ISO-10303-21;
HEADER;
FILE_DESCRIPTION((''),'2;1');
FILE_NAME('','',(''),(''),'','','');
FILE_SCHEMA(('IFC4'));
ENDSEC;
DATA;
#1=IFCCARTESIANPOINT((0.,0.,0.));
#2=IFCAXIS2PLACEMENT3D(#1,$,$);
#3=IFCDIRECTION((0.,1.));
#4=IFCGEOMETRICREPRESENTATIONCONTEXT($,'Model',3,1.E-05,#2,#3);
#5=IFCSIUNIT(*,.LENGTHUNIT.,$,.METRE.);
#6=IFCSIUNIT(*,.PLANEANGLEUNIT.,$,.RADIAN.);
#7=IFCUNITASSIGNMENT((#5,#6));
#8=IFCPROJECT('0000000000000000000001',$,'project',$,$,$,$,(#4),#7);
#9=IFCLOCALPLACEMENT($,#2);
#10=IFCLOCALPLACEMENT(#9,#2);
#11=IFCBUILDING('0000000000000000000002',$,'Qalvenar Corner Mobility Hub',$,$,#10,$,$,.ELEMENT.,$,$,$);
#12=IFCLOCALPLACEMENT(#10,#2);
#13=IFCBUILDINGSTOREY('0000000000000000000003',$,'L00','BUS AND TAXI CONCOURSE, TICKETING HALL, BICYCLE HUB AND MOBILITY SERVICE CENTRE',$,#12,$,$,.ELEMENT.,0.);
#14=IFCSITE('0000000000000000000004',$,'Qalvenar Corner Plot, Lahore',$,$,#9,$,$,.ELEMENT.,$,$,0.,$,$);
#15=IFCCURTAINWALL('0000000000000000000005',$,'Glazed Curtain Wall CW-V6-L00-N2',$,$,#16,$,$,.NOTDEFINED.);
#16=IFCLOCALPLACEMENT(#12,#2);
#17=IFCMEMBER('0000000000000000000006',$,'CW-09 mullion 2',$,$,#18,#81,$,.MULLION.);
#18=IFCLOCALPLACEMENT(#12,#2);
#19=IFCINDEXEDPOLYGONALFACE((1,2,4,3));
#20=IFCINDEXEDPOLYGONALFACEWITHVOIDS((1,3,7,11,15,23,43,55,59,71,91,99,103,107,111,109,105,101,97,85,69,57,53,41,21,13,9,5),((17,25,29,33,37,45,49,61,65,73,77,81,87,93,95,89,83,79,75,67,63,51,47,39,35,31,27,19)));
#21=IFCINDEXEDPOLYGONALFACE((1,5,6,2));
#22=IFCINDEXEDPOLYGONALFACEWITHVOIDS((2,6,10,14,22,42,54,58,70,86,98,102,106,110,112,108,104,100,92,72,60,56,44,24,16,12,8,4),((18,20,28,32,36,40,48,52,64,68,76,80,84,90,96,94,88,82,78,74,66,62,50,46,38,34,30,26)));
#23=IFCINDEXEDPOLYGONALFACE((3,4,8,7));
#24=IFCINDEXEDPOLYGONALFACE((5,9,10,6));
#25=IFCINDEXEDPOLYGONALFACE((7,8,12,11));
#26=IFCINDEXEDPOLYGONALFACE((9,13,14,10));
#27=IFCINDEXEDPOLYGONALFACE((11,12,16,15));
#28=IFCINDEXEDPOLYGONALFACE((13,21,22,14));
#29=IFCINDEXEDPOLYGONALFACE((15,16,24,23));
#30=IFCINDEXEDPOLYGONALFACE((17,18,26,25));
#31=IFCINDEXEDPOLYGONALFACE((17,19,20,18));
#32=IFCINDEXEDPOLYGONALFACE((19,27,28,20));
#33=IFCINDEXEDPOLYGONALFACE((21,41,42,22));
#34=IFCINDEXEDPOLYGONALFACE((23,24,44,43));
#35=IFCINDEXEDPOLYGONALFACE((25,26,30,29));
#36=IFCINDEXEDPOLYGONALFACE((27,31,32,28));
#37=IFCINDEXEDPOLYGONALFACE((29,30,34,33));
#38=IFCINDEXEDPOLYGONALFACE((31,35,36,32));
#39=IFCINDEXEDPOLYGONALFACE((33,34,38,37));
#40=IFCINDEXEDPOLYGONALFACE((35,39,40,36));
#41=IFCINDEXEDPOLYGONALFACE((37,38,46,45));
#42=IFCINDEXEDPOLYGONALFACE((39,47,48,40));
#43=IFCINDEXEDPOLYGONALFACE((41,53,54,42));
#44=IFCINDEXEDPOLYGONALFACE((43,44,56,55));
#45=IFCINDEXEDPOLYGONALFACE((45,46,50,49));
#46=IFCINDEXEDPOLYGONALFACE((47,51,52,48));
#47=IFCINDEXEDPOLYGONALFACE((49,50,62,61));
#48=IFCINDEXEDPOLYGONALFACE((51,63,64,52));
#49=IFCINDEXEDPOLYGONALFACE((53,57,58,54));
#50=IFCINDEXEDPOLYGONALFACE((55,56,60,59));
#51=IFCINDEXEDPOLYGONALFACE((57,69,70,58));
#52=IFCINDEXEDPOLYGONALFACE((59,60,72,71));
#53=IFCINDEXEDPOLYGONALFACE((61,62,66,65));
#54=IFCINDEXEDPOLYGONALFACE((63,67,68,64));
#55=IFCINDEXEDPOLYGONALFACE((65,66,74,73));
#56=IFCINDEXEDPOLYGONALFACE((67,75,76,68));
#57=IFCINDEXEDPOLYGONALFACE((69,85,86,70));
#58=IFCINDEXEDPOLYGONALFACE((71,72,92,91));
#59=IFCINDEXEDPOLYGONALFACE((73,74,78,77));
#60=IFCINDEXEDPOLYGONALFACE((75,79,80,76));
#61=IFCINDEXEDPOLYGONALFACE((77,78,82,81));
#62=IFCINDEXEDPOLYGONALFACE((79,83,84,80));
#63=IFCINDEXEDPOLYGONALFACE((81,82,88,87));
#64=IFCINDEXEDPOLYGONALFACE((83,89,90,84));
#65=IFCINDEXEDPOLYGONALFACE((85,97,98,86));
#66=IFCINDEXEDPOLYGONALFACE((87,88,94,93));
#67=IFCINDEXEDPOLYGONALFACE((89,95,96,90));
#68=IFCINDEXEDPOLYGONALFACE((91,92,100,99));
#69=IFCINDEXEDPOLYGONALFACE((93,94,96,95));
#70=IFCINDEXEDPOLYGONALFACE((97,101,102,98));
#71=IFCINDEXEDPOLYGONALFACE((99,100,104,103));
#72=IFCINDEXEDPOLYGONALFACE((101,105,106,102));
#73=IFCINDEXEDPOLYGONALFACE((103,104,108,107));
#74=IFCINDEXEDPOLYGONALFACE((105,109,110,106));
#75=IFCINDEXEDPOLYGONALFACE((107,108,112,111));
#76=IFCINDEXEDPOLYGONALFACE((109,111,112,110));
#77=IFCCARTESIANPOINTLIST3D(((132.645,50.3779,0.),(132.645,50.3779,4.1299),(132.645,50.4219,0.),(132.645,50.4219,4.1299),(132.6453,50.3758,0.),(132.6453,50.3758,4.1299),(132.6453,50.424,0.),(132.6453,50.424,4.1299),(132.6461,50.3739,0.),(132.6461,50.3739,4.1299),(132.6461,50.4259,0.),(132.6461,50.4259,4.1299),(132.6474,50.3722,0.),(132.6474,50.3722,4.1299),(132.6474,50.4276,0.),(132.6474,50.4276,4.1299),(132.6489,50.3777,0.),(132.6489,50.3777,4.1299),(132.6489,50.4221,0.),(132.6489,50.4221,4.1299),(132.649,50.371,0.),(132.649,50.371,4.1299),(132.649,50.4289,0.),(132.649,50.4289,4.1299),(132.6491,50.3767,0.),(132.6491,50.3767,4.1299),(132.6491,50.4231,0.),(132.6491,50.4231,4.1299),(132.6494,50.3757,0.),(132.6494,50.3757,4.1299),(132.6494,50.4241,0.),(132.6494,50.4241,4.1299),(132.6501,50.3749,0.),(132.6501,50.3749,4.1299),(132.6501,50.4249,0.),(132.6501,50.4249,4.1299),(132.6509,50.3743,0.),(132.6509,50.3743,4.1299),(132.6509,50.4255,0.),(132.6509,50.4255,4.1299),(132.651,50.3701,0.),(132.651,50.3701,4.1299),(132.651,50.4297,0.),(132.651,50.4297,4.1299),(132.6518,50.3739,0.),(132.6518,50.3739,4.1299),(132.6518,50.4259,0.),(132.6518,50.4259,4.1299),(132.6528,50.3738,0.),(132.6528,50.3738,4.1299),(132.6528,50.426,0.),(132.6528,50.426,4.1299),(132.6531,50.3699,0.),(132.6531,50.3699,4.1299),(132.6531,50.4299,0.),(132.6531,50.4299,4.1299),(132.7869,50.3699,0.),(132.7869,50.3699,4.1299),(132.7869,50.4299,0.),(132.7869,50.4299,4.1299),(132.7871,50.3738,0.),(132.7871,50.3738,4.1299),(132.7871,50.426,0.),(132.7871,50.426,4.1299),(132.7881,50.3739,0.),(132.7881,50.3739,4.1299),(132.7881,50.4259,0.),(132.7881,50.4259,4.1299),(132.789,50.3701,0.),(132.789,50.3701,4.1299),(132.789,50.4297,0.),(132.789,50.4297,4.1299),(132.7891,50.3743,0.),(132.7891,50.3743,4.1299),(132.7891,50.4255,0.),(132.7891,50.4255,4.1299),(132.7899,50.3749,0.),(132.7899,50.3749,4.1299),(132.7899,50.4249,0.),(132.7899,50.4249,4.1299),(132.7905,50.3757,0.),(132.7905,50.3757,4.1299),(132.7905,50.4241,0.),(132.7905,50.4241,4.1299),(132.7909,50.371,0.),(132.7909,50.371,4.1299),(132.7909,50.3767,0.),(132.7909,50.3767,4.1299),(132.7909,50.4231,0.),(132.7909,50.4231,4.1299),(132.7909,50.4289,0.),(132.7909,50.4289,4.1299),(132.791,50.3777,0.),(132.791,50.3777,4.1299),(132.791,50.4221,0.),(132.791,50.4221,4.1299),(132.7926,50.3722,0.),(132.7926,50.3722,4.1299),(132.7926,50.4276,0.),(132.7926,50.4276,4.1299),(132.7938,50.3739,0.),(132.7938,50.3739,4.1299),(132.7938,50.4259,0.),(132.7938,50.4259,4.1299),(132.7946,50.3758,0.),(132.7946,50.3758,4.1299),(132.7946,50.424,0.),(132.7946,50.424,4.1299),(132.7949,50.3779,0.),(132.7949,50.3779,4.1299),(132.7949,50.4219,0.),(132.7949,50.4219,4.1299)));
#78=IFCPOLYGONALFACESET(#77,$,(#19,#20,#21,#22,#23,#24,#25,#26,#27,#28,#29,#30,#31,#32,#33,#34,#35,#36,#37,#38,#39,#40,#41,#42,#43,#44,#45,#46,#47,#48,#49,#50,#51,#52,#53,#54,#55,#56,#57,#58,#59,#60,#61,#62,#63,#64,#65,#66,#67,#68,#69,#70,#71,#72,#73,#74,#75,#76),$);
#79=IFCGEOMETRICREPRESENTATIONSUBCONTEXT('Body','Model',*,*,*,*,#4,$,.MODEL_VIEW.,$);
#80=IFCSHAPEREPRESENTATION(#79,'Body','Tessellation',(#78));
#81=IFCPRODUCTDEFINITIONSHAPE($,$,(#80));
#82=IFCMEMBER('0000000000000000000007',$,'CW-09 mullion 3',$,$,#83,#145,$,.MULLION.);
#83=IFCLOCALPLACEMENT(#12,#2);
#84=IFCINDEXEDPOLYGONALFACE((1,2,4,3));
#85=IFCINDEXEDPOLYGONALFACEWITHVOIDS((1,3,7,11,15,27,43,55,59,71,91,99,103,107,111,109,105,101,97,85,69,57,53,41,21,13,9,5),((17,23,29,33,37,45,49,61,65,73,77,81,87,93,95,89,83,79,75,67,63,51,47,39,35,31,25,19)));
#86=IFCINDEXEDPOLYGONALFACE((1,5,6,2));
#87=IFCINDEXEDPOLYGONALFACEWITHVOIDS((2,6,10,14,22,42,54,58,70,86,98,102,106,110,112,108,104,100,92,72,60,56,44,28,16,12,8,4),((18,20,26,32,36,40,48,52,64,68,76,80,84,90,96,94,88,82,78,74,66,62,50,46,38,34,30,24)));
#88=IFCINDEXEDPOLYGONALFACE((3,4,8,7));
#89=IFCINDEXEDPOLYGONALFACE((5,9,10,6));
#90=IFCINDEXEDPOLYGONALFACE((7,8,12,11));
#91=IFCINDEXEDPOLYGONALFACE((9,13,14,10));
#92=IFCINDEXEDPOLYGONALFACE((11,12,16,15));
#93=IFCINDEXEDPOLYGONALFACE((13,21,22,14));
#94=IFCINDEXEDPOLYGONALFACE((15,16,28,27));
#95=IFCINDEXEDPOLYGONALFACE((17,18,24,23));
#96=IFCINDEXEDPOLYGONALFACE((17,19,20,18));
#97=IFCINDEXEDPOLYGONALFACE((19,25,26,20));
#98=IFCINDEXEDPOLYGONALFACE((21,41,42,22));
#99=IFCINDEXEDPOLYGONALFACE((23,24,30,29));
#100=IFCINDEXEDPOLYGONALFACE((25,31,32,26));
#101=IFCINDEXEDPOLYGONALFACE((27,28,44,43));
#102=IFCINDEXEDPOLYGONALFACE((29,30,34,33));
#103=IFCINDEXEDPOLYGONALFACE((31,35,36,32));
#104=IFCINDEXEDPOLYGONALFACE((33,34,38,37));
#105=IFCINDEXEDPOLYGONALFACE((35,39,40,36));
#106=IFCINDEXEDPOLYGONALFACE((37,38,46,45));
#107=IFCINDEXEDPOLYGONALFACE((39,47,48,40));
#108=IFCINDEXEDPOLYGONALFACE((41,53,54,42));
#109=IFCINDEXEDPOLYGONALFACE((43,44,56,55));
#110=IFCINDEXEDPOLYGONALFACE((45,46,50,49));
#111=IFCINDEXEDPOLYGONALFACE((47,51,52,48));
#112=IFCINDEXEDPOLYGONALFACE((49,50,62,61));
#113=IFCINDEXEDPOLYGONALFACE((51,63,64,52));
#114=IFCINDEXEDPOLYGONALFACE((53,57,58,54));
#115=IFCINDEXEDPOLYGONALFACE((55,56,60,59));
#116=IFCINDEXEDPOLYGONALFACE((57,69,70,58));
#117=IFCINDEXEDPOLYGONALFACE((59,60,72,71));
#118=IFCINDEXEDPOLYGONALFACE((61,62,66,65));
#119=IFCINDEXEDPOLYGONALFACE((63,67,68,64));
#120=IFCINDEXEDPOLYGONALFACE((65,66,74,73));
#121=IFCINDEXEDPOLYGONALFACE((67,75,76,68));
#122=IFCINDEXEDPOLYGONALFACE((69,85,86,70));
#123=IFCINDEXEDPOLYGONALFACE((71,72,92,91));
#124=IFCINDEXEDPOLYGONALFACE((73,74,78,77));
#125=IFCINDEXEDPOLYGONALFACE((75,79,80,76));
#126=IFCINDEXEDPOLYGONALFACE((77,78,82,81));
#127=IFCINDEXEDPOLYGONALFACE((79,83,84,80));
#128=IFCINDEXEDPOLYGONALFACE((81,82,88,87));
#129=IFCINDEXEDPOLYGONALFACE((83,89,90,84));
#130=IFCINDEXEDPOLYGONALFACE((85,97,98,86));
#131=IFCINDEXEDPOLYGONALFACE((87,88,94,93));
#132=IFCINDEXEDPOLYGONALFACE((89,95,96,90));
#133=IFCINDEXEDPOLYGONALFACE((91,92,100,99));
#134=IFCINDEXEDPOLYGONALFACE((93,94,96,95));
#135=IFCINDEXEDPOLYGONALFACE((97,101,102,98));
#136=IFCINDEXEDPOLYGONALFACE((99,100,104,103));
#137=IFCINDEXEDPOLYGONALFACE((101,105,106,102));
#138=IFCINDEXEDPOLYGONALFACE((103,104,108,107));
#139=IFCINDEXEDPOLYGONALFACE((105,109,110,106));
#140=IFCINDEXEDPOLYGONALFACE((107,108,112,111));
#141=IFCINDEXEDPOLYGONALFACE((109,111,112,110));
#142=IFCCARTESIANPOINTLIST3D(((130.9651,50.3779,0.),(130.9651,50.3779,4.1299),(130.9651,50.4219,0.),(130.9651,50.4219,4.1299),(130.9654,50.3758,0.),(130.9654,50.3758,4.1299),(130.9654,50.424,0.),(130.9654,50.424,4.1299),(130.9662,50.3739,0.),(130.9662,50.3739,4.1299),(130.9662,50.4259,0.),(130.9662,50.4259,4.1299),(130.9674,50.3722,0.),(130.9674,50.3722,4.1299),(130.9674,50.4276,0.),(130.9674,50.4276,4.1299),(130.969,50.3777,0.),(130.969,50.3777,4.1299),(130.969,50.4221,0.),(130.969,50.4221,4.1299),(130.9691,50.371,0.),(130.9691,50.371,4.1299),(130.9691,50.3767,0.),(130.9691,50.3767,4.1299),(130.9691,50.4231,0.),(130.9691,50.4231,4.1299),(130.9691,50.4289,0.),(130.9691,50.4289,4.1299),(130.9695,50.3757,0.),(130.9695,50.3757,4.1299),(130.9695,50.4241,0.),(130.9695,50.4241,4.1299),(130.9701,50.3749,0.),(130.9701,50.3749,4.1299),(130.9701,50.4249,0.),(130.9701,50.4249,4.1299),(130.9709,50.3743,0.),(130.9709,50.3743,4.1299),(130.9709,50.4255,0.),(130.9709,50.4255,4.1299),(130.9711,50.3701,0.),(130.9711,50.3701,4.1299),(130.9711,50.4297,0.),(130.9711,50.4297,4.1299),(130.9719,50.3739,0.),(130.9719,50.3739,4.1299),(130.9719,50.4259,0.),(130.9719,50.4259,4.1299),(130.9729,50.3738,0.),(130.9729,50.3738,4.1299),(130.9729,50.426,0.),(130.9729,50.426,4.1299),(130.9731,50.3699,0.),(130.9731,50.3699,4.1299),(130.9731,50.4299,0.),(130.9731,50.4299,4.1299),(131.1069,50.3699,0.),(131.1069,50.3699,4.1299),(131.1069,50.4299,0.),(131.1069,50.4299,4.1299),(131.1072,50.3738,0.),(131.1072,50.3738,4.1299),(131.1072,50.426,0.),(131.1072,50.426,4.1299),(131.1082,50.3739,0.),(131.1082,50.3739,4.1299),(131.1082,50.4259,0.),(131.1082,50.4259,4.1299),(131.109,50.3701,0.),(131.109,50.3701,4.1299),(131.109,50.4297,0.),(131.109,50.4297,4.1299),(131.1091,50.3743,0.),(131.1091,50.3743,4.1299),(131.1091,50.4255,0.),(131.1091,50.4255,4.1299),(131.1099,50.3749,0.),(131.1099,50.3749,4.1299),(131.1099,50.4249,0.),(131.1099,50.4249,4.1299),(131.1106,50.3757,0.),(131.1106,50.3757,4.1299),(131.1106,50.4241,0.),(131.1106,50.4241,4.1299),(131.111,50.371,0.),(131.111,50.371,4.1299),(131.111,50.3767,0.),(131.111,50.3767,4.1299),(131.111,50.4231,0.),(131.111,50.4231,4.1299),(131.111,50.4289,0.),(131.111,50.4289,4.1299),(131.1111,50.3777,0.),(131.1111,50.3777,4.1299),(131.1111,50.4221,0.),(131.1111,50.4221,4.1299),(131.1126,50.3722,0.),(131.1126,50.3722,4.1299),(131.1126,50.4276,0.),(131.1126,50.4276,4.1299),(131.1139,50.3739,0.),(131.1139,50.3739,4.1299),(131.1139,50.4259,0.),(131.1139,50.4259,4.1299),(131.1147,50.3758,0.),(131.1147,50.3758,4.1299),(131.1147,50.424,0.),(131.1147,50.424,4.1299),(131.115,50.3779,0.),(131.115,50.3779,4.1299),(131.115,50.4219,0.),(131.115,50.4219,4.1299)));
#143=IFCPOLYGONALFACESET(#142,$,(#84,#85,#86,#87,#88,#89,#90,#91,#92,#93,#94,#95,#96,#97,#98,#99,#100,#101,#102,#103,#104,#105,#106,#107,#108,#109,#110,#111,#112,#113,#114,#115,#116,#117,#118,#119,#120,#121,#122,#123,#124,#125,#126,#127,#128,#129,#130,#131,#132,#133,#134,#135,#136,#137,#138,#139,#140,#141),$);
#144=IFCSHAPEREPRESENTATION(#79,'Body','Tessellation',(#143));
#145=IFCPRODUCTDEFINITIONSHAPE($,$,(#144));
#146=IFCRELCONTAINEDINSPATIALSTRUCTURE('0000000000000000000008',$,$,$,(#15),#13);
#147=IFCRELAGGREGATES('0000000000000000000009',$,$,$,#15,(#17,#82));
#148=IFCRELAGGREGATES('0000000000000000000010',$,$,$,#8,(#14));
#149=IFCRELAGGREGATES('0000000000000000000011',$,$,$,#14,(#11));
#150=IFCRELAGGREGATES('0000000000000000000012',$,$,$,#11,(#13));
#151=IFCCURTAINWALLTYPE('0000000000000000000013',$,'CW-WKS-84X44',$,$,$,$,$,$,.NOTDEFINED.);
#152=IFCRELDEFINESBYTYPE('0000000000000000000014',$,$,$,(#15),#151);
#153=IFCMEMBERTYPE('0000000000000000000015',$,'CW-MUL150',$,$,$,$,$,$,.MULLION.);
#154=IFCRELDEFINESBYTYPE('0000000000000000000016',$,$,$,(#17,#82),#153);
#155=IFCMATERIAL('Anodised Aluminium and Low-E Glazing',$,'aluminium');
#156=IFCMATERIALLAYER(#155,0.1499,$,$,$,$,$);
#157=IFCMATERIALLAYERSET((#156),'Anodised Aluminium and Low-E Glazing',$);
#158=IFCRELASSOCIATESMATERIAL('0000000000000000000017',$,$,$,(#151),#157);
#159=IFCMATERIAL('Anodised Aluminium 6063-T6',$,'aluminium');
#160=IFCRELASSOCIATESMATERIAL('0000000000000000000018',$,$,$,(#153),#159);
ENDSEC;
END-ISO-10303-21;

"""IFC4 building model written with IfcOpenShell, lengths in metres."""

from ifc_helpers import new_model, si_unit, direction, frame, origin, origin_2d, place, context, subcontext, project, spatial, hollow_rectangle, extrude, material, layer, layer_set, material_profile, profile_set, type_object, element, aggregate, save


model = new_model("IFC4")

# Units and contexts
model_context = context("Model", 3, precision=1e-05, world=origin(), true_north=direction((0.0, 1.0)))
body_context = subcontext(model_context, "Body", "Model", "MODEL_VIEW")
ifc_project = project(units=[si_unit("LENGTHUNIT", "METRE"), si_unit("PLANEANGLEUNIT", "RADIAN")], contexts=[model_context])

# Site, building, storey
site_placement = place(None, origin())
site = spatial("IfcSite", under=ifc_project, at=site_placement, Name="Qalvenar Corner Plot, Lahore", CompositionType="ELEMENT", RefElevation=0.0)
building_placement = place(site_placement, origin())
building = spatial("IfcBuilding", under=site, at=building_placement, Name="Qalvenar Corner Mobility Hub", CompositionType="ELEMENT")
storey_placement = place(building_placement, origin())
storey = spatial("IfcBuildingStorey", under=building, at=storey_placement, Name="L00", Description="BUS AND TAXI CONCOURSE, TICKETING HALL, BICYCLE HUB AND MOBILITY SERVICE CENTRE", CompositionType="ELEMENT", Elevation=0.0)

# Curtain wall, members
ifc_material_1 = material(Name="Anodised Aluminium and Low-E Glazing", Category="aluminium")
ifc_layer_1 = layer(ifc_material_1, 0.1499)
ifc_layer_set_1 = layer_set([ifc_layer_1], Name="Anodised Aluminium and Low-E Glazing")
curtain_wall_type = type_object("IfcCurtainWallType", Name="CW-WKS-84X44", PredefinedType="NOTDEFINED", material=ifc_layer_set_1)
curtain_wall_placement = place(storey_placement, origin())
curtain_wall = element("IfcCurtainWall", 1, at=curtain_wall_placement, inside=storey, type_object=curtain_wall_type, Name="Glazed Curtain Wall CW-V6-L00-N2", PredefinedType="NOTDEFINED")
ifc_material_2 = material(Name="Anodised Aluminium 6063-T6", Category="aluminium")
ifc_material_profile_1 = material_profile(ifc_material_2, hollow_rectangle(XDim=0.0601, YDim=0.1499, WallThickness=0.0039, InnerFilletRadius=0.0039, OuterFilletRadius=0.0081, at=origin_2d()), Name="RHS150x60x4")
ifc_profile_set_1 = profile_set([ifc_material_profile_1], Name="Anodised Aluminium 6063-T6")
member_type_1 = type_object("IfcMemberType", Name="CW-MUL150", PredefinedType="MULLION", material=ifc_profile_set_1)
member_1_placement = place(storey_placement, frame((132.72, 50.3999, 0.0), z_axis=(0.0, 0.0, 1.0), x_axis=(0.0, -1.0, 0.0)))
member_1 = element("IfcMember", 2, at=member_1_placement, type_object=member_type_1, Name="CW-09 mullion 2", PredefinedType="MULLION", context=body_context, shape_type="SweptSolid", body=[
    extrude(hollow_rectangle(XDim=0.0601, YDim=0.1499, WallThickness=0.0039, InnerFilletRadius=0.0039, OuterFilletRadius=0.0081, at=origin_2d()), origin(), (0.0, 0.0, 1.0), 4.1299),
])
member_2_placement = place(storey_placement, frame((131.04, 50.3999, 0.0), z_axis=(0.0, 0.0, 1.0), x_axis=(0.0, -1.0, 0.0)))
member_2 = element("IfcMember", 3, at=member_2_placement, type_object=member_type_1, Name="CW-09 mullion 3", PredefinedType="MULLION", context=body_context, shape_type="SweptSolid", body=[
    extrude(hollow_rectangle(XDim=0.0601, YDim=0.1499, WallThickness=0.0039, InnerFilletRadius=0.0039, OuterFilletRadius=0.0081, at=origin_2d()), origin(), (0.0, 0.0, 1.0), 4.1299),
])
aggregate(curtain_wall, [member_1, member_2])

save(model, "model.ifc")
